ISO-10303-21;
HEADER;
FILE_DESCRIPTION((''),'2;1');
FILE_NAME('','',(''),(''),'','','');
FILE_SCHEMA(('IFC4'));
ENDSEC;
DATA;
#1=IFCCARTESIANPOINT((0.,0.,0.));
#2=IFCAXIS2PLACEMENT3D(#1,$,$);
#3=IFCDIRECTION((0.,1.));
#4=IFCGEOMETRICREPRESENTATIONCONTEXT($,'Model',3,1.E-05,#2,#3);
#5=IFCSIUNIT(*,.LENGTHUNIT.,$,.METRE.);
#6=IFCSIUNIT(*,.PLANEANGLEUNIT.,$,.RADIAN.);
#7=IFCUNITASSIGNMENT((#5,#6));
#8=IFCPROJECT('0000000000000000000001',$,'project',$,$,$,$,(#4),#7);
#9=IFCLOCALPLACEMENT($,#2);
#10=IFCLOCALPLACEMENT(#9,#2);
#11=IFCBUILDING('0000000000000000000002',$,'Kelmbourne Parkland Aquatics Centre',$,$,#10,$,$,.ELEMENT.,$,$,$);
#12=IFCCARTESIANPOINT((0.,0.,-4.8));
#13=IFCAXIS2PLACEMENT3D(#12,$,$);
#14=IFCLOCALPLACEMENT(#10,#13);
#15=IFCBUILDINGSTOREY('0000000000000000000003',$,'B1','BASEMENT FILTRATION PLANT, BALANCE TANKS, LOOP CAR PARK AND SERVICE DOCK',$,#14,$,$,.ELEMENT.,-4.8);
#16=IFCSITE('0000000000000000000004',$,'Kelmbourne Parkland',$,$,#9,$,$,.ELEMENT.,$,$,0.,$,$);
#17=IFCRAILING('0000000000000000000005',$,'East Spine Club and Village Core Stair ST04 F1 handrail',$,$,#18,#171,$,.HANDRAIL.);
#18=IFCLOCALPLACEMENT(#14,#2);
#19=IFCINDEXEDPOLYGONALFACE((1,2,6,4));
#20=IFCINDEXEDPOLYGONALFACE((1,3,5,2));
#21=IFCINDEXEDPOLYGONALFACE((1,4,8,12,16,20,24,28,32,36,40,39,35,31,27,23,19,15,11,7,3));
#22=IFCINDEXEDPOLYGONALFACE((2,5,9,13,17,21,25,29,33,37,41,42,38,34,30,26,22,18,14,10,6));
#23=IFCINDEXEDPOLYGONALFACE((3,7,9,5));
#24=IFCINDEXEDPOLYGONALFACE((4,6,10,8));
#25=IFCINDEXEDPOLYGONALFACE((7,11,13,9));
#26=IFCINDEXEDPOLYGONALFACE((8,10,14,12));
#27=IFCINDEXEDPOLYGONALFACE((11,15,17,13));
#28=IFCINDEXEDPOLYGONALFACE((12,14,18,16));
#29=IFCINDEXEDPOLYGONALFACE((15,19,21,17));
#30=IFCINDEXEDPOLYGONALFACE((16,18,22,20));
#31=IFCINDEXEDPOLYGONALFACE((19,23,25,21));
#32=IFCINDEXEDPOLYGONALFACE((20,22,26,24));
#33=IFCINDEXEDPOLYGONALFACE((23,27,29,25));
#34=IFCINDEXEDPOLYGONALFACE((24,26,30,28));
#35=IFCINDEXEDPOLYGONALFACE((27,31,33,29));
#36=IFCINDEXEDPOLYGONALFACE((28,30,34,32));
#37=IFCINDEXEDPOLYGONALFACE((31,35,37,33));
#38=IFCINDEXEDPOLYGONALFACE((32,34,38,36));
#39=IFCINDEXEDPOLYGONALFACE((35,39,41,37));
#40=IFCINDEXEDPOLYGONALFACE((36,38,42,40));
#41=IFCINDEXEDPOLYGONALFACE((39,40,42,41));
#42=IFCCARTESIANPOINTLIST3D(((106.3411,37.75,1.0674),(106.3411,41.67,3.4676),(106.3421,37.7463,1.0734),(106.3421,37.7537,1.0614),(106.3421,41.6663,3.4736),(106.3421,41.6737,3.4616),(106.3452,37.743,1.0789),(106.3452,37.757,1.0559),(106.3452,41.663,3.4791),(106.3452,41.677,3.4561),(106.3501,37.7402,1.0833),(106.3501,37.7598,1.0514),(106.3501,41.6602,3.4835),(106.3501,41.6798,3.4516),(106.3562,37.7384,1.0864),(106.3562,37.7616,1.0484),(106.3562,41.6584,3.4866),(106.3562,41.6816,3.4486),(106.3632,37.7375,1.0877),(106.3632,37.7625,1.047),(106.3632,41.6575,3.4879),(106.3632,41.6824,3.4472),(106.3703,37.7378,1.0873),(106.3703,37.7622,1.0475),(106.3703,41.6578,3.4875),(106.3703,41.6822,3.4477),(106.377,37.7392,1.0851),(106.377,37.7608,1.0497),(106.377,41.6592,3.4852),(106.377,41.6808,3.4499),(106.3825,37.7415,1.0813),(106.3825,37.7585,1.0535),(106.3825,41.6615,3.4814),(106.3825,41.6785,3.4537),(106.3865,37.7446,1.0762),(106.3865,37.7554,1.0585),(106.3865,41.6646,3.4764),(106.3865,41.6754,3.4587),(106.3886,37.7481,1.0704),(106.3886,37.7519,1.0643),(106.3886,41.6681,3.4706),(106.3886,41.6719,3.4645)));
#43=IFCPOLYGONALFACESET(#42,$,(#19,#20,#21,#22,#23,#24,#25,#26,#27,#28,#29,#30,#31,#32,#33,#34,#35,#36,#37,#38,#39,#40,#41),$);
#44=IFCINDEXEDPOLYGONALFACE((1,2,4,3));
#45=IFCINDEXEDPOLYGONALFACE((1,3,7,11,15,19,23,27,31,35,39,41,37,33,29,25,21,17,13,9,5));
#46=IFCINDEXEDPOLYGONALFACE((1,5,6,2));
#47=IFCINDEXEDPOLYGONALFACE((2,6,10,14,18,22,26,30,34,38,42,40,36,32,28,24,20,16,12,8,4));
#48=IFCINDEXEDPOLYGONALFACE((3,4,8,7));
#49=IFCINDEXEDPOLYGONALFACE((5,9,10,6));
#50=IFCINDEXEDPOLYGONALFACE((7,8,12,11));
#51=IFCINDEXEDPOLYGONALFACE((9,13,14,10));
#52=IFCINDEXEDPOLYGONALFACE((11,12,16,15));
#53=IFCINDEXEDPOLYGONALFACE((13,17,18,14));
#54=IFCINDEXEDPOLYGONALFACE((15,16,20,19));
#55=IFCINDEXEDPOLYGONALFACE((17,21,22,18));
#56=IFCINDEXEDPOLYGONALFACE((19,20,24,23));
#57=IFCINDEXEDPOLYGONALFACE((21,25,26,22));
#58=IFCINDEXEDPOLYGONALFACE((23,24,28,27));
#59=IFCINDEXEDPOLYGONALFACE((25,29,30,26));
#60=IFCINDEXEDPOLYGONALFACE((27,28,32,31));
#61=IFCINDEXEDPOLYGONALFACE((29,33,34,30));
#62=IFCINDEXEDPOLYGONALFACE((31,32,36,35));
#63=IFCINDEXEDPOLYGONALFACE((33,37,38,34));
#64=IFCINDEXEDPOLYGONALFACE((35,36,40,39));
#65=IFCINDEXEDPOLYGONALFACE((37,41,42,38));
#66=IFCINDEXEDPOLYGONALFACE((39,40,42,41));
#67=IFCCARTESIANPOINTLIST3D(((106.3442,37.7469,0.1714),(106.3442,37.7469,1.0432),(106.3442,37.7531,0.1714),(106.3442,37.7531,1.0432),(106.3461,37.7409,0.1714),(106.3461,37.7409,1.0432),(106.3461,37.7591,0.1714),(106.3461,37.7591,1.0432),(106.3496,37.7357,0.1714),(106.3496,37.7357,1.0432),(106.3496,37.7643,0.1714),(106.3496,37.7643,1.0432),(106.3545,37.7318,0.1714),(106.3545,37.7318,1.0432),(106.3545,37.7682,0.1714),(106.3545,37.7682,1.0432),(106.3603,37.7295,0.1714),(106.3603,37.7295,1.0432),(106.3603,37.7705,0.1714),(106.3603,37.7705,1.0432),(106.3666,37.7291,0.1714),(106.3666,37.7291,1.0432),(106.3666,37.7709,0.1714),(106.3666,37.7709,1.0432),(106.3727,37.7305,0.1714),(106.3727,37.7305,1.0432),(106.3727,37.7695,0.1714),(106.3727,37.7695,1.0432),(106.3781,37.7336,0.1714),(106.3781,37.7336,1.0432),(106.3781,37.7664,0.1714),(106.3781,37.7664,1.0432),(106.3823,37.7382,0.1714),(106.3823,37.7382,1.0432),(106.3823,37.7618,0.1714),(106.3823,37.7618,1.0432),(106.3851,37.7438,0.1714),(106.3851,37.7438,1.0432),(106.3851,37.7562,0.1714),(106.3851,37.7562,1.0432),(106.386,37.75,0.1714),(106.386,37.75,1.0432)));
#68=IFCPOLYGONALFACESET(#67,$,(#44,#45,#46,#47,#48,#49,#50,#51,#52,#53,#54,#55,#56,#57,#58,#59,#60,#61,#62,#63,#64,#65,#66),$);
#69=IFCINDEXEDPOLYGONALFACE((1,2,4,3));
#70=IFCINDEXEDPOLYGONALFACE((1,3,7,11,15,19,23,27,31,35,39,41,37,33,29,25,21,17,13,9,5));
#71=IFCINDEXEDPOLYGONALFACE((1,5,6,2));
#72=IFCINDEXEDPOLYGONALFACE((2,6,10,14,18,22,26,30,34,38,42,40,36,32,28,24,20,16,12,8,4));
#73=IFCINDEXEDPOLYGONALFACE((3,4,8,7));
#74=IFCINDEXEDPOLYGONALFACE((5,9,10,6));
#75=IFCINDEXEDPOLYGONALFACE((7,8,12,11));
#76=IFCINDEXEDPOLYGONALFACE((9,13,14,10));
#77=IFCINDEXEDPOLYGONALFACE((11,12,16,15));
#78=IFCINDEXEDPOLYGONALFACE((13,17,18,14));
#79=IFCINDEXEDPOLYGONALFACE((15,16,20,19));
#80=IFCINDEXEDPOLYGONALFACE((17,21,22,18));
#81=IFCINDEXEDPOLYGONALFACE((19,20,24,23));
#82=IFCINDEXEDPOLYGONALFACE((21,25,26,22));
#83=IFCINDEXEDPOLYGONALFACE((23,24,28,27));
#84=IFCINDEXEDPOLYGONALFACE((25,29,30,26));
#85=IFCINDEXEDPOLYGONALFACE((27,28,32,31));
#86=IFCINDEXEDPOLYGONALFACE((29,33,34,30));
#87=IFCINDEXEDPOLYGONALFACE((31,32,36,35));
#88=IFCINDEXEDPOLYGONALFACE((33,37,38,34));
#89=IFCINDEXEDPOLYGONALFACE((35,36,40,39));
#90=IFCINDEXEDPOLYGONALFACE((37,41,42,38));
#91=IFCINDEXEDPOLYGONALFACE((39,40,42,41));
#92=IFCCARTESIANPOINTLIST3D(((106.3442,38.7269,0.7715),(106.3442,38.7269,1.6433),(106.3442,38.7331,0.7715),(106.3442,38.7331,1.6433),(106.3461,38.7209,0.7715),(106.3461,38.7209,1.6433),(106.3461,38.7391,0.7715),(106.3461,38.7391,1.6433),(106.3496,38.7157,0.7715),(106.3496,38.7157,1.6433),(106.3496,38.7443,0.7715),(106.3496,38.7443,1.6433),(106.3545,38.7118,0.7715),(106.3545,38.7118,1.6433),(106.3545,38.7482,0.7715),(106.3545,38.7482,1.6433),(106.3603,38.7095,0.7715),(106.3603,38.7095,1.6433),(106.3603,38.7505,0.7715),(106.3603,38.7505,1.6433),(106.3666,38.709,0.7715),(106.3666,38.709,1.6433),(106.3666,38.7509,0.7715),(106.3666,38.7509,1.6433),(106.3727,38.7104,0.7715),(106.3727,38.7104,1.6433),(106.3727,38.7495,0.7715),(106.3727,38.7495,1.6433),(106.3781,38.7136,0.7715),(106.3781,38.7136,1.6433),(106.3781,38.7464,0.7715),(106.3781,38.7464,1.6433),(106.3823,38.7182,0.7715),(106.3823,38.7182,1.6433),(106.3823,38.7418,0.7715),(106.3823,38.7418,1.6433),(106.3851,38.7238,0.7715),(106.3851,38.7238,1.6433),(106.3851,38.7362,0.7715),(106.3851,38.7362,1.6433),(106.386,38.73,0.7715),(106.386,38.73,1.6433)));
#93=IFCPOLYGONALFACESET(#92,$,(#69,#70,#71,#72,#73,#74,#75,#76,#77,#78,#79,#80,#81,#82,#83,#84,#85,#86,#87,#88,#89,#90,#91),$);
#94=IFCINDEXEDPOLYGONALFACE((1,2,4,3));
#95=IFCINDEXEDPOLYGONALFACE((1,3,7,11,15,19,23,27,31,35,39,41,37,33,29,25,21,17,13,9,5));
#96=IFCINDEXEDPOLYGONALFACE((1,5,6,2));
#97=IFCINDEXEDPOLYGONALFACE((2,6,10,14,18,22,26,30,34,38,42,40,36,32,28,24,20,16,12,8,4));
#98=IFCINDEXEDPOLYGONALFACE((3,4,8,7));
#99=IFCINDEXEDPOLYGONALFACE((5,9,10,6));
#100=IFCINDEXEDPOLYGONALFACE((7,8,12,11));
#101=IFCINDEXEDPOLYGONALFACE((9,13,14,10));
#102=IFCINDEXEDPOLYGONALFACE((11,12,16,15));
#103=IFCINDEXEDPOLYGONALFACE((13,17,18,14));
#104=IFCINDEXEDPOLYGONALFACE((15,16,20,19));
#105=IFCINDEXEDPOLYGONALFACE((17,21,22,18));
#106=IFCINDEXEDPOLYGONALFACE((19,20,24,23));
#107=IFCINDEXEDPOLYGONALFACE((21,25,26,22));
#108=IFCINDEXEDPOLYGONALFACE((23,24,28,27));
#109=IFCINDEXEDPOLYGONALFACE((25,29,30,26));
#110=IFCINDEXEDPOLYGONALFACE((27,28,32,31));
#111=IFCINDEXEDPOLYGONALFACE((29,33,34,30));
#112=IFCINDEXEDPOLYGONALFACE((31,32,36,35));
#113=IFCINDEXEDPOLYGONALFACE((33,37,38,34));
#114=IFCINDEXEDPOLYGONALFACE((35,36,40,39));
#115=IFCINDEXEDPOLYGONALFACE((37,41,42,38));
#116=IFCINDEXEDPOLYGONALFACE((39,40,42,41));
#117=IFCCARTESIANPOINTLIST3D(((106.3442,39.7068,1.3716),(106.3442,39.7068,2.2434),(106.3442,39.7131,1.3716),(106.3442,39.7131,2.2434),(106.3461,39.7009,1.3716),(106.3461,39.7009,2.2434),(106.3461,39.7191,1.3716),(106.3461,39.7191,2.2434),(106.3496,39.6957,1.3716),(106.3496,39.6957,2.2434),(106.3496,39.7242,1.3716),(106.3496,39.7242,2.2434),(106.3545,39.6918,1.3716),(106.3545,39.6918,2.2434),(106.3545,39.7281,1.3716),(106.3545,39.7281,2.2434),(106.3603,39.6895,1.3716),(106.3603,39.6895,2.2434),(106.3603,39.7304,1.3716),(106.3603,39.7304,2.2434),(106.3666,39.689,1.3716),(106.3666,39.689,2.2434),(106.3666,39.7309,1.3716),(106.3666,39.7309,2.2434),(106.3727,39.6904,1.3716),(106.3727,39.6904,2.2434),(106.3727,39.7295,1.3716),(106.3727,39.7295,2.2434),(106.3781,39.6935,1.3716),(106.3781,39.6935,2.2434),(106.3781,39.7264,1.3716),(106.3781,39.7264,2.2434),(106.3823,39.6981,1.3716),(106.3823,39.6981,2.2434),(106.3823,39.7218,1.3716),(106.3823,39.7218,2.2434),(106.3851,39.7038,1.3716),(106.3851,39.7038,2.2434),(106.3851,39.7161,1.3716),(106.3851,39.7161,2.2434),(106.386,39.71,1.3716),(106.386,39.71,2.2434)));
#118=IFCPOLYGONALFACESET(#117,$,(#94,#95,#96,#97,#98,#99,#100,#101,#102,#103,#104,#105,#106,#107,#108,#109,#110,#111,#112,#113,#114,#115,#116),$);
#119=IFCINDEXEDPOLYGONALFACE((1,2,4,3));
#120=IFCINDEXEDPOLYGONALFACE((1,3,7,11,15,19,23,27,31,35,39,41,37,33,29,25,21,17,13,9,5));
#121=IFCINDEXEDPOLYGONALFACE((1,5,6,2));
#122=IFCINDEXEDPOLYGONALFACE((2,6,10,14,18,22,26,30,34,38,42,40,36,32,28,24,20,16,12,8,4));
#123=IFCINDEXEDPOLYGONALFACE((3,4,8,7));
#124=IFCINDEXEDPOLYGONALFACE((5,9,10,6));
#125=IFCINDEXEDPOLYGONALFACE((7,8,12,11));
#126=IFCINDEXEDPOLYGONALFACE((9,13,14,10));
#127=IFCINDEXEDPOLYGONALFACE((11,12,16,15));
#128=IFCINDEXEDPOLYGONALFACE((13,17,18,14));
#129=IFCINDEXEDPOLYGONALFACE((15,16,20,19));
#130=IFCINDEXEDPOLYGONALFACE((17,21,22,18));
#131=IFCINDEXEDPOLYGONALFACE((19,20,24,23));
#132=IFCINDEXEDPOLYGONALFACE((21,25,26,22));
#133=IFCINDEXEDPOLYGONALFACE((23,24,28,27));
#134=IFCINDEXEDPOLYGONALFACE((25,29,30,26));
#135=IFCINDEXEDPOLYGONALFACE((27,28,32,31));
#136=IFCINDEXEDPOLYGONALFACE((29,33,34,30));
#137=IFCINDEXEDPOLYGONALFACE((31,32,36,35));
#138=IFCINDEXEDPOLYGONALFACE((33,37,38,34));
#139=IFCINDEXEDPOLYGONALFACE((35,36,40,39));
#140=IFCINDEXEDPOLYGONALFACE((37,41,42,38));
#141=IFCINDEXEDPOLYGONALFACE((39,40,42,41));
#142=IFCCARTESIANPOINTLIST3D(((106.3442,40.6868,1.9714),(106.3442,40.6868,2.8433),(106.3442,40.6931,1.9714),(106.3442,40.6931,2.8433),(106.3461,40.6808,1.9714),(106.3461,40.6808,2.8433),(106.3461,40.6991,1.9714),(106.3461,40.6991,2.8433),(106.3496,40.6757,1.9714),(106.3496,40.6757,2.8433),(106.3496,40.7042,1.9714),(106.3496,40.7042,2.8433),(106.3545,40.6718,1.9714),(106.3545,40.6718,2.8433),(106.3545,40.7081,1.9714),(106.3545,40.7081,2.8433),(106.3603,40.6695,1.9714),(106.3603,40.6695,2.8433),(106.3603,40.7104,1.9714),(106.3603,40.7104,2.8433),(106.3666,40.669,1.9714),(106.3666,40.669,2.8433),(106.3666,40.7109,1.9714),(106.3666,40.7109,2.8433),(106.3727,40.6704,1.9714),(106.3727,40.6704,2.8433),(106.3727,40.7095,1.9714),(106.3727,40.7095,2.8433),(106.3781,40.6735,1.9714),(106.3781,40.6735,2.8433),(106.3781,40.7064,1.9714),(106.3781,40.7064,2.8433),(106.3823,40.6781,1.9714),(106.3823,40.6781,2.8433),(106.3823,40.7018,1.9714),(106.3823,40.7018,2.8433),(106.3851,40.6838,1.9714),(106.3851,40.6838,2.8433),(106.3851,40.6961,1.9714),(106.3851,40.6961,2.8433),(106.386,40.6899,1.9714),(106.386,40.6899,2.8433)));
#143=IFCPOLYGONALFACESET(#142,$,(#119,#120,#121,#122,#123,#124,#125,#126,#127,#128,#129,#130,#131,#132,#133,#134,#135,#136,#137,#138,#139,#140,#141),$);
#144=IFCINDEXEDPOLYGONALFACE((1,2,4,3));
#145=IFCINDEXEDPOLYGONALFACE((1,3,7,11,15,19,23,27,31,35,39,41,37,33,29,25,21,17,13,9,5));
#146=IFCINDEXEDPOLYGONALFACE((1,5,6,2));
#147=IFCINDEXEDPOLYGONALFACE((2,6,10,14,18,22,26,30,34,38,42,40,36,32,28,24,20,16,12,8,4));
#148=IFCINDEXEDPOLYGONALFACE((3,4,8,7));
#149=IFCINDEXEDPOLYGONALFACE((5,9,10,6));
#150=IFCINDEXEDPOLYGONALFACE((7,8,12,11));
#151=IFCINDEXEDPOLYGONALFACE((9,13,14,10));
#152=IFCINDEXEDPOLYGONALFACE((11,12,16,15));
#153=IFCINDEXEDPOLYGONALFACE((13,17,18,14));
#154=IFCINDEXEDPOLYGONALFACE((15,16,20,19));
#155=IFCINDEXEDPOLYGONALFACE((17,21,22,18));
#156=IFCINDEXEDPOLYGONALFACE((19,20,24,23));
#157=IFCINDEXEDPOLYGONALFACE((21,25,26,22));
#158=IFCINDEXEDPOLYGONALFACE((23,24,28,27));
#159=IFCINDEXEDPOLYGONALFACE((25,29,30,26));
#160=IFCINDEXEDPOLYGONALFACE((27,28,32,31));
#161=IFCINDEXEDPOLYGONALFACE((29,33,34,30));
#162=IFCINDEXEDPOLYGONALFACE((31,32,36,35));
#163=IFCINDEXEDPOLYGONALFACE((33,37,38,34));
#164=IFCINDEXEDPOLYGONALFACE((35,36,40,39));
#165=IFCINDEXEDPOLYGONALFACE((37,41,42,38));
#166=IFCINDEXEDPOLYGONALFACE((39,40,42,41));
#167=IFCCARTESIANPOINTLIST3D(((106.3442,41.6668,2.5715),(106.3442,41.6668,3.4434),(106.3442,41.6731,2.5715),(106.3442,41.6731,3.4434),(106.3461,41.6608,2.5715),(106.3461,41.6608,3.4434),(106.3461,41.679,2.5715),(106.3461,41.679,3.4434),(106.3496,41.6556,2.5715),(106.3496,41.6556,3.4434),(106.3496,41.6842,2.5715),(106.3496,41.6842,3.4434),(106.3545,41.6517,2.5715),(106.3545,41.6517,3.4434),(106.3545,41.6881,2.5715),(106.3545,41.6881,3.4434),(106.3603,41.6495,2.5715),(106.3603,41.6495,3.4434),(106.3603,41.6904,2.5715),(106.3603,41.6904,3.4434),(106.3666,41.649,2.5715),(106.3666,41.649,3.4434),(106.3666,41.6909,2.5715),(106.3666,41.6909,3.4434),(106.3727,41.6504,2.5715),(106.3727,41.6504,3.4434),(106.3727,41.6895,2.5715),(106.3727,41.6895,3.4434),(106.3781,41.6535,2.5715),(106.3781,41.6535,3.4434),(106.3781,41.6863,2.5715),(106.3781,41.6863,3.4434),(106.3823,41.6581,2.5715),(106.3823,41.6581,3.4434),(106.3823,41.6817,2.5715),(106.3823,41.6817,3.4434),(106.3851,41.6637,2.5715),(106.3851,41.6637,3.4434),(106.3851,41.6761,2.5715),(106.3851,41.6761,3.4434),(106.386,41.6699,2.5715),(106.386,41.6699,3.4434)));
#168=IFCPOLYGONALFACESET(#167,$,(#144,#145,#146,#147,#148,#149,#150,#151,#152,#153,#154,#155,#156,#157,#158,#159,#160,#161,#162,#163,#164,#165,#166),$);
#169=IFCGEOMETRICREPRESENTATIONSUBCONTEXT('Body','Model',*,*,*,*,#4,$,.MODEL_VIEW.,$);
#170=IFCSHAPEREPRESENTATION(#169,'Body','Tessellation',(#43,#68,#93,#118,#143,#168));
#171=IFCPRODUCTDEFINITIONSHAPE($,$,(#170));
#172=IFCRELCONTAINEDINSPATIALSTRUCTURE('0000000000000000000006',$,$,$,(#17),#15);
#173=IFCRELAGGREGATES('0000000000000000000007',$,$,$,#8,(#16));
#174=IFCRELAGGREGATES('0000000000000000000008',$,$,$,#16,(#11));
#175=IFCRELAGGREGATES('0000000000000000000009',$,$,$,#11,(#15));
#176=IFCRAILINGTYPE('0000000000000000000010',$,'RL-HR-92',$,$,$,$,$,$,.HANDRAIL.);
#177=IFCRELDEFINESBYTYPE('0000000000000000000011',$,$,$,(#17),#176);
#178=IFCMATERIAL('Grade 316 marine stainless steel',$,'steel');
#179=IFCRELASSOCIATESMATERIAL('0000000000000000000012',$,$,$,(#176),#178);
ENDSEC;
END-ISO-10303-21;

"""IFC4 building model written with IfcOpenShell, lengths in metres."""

from ifc_helpers import new_model, si_unit, direction, frame, origin, origin_2d, place, context, subcontext, project, spatial, circle, extrude, material, type_object, element, save


model = new_model("IFC4")

# Units and contexts
model_context = context("Model", 3, precision=1e-05, world=origin(), true_north=direction((0.0, 1.0)))
body_context = subcontext(model_context, "Body", "Model", "MODEL_VIEW")
ifc_project = project(units=[si_unit("LENGTHUNIT", "METRE"), si_unit("PLANEANGLEUNIT", "RADIAN")], contexts=[model_context])

# Site, building, storey
site_placement = place(None, origin())
site = spatial("IfcSite", under=ifc_project, at=site_placement, Name="Kelmbourne Parkland", CompositionType="ELEMENT", RefElevation=0.0)
building_placement = place(site_placement, origin())
building = spatial("IfcBuilding", under=site, at=building_placement, Name="Kelmbourne Parkland Aquatics Centre", CompositionType="ELEMENT")
storey_placement = place(building_placement, frame((0.0, 0.0, -4.8)))
storey = spatial("IfcBuildingStorey", under=building, at=storey_placement, Name="B1", Description="BASEMENT FILTRATION PLANT, BALANCE TANKS, LOOP CAR PARK AND SERVICE DOCK", CompositionType="ELEMENT", Elevation=-4.8)

# Railing
ifc_material_1 = material(Name="Grade 316 marine stainless steel", Category="steel")
railing_type_1 = type_object("IfcRailingType", Name="RL-HR-92", PredefinedType="HANDRAIL", material=ifc_material_1)
railing_1_placement = place(storey_placement, frame((106.365, 37.75, 0.1714)))
element("IfcRailing", 1, at=railing_1_placement, inside=storey, type_object=railing_type_1, Name="East Spine Club and Village Core Stair ST04 F1 handrail", PredefinedType="HANDRAIL", context=body_context, shape_type="SweptSolid", body=[
    extrude(circle(Radius=0.0239, at=origin_2d()), frame((0.0, 0.0, 0.896), z_axis=(0.0, 0.852832, 0.522185), x_axis=(-1.0, 0.0, 0.0)), (0.0, 0.0, 1.0), 4.5964),
    extrude(circle(Radius=0.021, at=origin_2d()), origin(), (0.0, 0.0, 1.0), 0.8718),
    extrude(circle(Radius=0.021, at=origin_2d()), frame((0.0, 0.98, 0.6001)), (0.0, 0.0, 1.0), 0.8718),
    extrude(circle(Radius=0.021, at=origin_2d()), frame((0.0, 1.96, 1.2002)), (0.0, 0.0, 1.0), 0.8718),
    extrude(circle(Radius=0.021, at=origin_2d()), frame((0.0, 2.9399, 1.8)), (0.0, 0.0, 1.0), 0.8718),
    extrude(circle(Radius=0.021, at=origin_2d()), frame((0.0, 3.9199, 2.4001)), (0.0, 0.0, 1.0), 0.8718),
])

save(model, "model.ifc")
